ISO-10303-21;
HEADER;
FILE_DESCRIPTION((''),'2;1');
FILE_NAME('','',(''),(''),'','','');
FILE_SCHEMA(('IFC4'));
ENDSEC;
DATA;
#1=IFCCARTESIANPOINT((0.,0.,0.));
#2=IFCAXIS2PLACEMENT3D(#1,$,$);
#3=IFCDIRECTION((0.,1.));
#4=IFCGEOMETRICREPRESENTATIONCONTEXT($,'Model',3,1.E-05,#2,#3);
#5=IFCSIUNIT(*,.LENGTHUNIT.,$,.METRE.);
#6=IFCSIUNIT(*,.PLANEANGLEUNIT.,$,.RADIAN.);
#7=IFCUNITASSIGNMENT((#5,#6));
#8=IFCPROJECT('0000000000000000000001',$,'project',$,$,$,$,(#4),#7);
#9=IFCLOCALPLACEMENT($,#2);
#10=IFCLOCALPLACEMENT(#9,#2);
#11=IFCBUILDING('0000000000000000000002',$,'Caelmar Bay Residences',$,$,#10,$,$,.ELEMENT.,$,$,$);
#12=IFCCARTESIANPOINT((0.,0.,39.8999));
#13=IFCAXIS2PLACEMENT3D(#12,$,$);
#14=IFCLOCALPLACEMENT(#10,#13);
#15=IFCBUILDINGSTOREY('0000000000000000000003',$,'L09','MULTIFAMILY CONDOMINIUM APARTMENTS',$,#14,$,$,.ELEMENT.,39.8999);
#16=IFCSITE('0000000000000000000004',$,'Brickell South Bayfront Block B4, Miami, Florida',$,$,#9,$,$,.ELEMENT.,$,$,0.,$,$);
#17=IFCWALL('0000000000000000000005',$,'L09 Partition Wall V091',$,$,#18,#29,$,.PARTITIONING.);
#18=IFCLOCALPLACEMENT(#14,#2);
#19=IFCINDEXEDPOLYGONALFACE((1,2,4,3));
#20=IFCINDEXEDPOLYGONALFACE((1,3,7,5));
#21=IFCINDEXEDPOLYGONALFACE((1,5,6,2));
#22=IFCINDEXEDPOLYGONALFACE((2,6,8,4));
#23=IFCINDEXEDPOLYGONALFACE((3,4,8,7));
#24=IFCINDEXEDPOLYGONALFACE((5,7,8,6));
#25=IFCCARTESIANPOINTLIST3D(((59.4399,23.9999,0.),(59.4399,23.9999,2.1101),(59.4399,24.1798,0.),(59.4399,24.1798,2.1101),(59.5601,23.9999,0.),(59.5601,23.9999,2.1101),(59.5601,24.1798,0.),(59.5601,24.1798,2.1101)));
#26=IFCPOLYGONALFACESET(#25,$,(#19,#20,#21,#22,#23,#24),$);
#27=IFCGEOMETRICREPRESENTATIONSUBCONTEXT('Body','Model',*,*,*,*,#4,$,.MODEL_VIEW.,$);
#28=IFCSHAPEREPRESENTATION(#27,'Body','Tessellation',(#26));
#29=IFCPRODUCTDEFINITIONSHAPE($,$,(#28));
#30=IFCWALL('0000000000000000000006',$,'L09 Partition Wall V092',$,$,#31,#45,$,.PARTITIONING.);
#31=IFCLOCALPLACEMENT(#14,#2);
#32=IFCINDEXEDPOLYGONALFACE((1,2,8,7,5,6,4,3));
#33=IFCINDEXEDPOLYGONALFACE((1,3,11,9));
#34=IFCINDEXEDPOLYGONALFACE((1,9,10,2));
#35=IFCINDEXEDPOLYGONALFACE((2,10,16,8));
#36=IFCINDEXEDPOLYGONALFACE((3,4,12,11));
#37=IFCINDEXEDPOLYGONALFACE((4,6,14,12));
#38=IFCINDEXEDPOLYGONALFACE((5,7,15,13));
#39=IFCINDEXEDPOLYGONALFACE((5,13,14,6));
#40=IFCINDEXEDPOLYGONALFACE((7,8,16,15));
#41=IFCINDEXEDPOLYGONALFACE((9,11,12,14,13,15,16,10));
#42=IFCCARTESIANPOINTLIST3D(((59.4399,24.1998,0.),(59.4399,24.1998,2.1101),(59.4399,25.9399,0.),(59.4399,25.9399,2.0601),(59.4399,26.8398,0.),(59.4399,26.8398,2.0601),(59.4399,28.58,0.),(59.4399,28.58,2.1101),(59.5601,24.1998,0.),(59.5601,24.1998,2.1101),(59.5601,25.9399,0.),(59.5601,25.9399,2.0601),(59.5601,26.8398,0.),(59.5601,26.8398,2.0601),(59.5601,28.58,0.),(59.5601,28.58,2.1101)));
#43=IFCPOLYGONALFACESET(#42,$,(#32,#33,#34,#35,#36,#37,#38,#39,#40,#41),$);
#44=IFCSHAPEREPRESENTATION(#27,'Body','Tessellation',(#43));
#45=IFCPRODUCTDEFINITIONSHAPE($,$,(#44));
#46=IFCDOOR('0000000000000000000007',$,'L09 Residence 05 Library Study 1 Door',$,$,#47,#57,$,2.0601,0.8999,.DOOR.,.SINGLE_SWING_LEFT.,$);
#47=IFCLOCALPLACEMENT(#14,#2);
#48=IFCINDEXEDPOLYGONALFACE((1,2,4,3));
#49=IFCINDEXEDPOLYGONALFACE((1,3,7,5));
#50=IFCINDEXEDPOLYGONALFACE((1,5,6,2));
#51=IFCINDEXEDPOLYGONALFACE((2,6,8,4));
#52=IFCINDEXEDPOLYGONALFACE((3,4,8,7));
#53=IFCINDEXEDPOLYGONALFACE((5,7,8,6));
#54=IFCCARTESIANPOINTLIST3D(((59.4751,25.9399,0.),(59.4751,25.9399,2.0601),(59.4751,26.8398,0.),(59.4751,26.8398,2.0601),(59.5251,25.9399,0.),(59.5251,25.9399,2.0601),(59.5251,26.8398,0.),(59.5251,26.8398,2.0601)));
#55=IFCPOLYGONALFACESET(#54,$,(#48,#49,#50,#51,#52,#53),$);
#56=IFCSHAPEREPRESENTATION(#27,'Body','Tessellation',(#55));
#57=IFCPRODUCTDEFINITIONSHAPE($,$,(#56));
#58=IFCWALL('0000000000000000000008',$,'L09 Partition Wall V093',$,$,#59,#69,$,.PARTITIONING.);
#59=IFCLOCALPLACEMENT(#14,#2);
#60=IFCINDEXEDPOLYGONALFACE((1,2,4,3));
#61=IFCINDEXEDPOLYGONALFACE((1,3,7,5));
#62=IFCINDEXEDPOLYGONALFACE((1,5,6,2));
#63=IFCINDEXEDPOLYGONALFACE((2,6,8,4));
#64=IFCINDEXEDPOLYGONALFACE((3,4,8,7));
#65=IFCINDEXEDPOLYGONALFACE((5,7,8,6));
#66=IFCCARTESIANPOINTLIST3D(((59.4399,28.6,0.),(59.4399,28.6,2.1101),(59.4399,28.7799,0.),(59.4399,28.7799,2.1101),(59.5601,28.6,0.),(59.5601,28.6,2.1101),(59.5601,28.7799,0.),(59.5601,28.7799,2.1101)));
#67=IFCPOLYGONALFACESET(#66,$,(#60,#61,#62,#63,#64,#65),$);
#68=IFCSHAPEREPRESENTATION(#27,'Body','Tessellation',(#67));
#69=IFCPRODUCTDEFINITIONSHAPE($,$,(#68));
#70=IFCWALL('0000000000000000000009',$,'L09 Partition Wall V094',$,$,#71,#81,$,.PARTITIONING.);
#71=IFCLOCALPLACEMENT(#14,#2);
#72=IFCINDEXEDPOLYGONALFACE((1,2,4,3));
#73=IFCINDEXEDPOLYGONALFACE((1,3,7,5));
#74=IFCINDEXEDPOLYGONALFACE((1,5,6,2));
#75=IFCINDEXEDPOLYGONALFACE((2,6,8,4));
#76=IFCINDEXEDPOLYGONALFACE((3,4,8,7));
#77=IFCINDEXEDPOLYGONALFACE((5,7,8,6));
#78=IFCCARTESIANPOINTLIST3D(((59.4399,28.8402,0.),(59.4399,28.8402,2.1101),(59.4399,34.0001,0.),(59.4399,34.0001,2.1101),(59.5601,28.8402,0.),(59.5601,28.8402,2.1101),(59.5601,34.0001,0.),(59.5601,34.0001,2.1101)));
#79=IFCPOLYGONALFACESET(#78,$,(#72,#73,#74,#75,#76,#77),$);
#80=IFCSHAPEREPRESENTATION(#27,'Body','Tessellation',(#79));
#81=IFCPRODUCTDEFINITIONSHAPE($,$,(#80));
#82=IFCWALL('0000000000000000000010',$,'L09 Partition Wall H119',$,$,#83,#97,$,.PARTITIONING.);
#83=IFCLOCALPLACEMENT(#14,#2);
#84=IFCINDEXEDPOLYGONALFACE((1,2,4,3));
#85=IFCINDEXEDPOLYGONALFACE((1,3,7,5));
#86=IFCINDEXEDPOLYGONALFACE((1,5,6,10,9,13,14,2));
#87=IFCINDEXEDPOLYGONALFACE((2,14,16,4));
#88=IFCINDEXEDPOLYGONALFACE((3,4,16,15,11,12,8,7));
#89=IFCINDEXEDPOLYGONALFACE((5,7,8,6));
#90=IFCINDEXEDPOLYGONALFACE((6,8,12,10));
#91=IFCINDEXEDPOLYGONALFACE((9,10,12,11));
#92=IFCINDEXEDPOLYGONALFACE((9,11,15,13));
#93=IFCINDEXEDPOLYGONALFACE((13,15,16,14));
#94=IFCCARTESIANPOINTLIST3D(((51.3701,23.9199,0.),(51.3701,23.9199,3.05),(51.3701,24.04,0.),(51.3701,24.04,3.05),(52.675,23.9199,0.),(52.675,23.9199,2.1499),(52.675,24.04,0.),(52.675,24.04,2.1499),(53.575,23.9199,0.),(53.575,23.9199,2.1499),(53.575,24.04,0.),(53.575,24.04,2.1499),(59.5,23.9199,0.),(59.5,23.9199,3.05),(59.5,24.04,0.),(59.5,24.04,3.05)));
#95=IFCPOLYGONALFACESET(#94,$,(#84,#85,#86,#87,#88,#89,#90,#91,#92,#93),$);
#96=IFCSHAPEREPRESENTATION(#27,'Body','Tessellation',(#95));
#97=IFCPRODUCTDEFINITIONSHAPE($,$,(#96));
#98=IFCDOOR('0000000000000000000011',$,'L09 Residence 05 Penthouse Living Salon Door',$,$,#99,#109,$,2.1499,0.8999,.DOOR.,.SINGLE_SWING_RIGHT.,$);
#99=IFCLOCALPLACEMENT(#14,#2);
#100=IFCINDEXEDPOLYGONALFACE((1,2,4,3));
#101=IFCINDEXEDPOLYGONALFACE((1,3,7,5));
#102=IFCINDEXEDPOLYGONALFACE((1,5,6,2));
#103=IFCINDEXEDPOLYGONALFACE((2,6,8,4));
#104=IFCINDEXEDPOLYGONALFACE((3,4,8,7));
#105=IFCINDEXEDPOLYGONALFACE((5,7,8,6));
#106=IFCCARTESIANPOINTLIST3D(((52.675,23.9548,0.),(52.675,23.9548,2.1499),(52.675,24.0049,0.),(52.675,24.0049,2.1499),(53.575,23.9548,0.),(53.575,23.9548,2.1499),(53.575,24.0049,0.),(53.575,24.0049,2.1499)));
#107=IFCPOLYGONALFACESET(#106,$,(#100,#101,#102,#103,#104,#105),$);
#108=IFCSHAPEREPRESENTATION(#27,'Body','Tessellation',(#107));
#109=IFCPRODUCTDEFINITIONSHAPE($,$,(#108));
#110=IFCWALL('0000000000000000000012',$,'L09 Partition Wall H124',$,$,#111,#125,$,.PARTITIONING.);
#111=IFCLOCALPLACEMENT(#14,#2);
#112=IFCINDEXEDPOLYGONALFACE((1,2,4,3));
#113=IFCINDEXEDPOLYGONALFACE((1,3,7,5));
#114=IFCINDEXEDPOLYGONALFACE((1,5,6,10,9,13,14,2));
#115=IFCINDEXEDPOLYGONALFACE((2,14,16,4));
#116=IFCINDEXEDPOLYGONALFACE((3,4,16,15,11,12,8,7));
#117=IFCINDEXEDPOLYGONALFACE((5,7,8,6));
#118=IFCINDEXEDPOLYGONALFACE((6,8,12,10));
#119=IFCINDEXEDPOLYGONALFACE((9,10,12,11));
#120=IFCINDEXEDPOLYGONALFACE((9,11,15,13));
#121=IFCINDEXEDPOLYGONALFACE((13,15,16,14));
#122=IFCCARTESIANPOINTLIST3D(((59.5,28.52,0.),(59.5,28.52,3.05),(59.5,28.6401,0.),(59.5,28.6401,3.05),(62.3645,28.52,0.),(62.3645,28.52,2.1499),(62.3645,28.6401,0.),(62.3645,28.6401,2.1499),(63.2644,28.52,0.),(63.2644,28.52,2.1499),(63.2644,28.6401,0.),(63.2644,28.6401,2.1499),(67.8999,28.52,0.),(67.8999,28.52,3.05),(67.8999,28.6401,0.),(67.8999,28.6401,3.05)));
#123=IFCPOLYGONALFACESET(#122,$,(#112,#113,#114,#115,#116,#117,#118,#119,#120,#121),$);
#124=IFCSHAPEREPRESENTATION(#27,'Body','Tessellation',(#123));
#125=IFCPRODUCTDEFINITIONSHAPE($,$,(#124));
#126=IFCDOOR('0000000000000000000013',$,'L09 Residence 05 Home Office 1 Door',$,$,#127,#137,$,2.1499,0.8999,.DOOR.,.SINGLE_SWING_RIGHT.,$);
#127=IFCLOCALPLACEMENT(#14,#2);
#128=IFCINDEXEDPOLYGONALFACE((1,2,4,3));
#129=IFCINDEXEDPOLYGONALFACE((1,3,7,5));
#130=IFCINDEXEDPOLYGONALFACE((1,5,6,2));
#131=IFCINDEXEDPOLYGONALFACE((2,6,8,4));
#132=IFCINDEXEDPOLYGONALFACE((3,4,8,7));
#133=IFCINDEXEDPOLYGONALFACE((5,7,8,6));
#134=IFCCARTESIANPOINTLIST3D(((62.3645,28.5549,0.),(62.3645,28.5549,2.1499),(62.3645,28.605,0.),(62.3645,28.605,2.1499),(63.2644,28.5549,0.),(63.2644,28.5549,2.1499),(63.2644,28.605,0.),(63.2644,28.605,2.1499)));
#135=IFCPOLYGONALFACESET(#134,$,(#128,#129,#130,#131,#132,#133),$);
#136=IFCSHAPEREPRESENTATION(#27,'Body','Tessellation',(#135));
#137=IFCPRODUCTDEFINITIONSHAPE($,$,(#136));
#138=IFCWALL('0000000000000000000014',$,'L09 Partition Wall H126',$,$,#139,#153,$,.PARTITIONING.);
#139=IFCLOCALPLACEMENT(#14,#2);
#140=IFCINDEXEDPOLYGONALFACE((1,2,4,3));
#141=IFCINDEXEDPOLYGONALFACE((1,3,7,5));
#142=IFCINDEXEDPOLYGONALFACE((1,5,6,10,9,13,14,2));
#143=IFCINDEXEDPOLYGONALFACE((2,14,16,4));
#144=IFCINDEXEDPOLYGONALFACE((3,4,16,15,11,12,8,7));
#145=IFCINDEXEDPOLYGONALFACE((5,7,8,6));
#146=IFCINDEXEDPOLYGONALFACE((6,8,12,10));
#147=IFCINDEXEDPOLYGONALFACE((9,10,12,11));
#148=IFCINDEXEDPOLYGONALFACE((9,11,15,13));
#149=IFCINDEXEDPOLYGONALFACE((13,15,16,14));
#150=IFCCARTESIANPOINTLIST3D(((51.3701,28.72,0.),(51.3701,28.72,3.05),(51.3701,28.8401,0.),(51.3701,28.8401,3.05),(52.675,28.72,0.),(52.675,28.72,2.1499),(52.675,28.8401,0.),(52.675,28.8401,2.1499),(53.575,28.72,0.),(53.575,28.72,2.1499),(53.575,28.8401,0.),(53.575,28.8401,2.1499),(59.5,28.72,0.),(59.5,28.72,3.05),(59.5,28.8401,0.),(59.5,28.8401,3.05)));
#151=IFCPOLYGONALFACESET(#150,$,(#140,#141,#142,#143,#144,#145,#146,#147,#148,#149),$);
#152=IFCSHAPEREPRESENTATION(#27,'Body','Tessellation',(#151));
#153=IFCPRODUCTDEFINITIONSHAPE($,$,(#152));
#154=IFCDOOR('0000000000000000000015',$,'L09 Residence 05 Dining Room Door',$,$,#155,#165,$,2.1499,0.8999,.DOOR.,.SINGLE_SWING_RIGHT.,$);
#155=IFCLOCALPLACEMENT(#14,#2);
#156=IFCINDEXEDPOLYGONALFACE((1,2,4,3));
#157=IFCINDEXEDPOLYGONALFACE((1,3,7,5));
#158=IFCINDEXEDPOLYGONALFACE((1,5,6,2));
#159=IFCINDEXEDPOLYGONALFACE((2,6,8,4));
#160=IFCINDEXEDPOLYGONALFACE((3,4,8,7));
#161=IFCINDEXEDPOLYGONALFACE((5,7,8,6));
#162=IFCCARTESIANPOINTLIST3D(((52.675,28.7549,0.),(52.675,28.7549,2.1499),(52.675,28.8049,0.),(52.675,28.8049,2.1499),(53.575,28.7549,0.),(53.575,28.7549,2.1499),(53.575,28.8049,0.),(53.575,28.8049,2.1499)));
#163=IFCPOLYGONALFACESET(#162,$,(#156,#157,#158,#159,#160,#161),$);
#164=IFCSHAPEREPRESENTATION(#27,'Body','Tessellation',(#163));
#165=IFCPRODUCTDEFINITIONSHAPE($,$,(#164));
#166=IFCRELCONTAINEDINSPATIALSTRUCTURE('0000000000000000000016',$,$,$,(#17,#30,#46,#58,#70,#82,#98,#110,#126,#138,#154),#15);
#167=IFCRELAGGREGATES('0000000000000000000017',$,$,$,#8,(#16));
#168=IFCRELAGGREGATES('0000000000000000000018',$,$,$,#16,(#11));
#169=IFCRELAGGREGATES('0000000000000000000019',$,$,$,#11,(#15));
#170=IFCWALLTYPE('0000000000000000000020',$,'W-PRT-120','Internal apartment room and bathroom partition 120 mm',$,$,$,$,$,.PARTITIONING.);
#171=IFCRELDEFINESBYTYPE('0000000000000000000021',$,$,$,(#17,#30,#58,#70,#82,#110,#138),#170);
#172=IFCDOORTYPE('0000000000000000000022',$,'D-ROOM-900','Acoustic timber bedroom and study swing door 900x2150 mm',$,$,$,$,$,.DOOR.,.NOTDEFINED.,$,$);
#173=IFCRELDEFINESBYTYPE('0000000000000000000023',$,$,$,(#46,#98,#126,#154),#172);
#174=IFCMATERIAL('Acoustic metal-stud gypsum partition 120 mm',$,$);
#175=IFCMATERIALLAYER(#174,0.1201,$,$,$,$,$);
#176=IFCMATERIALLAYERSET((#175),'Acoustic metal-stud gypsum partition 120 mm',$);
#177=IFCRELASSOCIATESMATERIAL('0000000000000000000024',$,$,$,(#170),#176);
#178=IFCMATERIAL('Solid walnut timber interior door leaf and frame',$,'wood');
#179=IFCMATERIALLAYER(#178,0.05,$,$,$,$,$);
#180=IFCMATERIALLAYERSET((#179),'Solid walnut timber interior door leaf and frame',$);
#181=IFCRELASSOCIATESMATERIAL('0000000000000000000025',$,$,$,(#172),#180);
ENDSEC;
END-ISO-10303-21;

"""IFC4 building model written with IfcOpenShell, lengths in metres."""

from ifc_helpers import new_model, si_unit, direction, frame, frame_2d, origin, place, context, subcontext, project, spatial, rectangle, extrude, material, layer, layer_set, type_object, element, fill, save


model = new_model("IFC4")

# Units and contexts
model_context = context("Model", 3, precision=1e-05, world=origin(), true_north=direction((0.0, 1.0)))
body_context = subcontext(model_context, "Body", "Model", "MODEL_VIEW")
ifc_project = project(units=[si_unit("LENGTHUNIT", "METRE"), si_unit("PLANEANGLEUNIT", "RADIAN")], contexts=[model_context])

# Site, building, storey
site_placement = place(None, origin())
site = spatial("IfcSite", under=ifc_project, at=site_placement, Name="Brickell South Bayfront Block B4, Miami, Florida", CompositionType="ELEMENT", RefElevation=0.0)
building_placement = place(site_placement, origin())
building = spatial("IfcBuilding", under=site, at=building_placement, Name="Caelmar Bay Residences", CompositionType="ELEMENT")
storey_placement = place(building_placement, frame((0.0, 0.0, 39.8999)))
storey = spatial("IfcBuildingStorey", under=building, at=storey_placement, Name="L09", Description="MULTIFAMILY CONDOMINIUM APARTMENTS", CompositionType="ELEMENT", Elevation=39.8999)

# Shared definitions
ifc_material_1 = material(Name="Acoustic metal-stud gypsum partition 120 mm")
ifc_layer_1 = layer(ifc_material_1, 0.1201)
ifc_layer_set_1 = layer_set([ifc_layer_1], Name="Acoustic metal-stud gypsum partition 120 mm")
wall_type = type_object("IfcWallType", Name="W-PRT-120", Description="Internal apartment room and bathroom partition 120 mm", PredefinedType="PARTITIONING", material=ifc_layer_set_1)
ifc_material_2 = material(Name="Solid walnut timber interior door leaf and frame", Category="wood")
ifc_layer_2 = layer(ifc_material_2, 0.05)
ifc_layer_set_2 = layer_set([ifc_layer_2], Name="Solid walnut timber interior door leaf and frame")
door_type_1 = type_object("IfcDoorType", Name="D-ROOM-900", Description="Acoustic timber bedroom and study swing door 900x2150 mm", OperationType="NOTDEFINED", PredefinedType="DOOR", material=ifc_layer_set_2)

# Wall
wall_1_placement = place(storey_placement, frame((59.5, 24.0, 0.0), z_axis=(0.0, 0.0, 1.0), x_axis=(0.0, 1.0, 0.0)))
element("IfcWall", 1, at=wall_1_placement, inside=storey, type_object=wall_type, Name="L09 Partition Wall V091", PredefinedType="PARTITIONING", context=body_context, shape_type="SweptSolid", body=[
    extrude(rectangle(XDim=0.1799, YDim=0.1201, at=frame_2d((0.0898, 0.0))), origin(), (0.0, 0.0, 1.0), 2.1101),
])

# Wall, opening, door
wall_2_placement = place(storey_placement, frame((59.5, 24.2, 0.0), z_axis=(0.0, 0.0, 1.0), x_axis=(0.0, 1.0, 0.0)))
wall_2 = element("IfcWall", 2, at=wall_2_placement, inside=storey, type_object=wall_type, Name="L09 Partition Wall V092", PredefinedType="PARTITIONING", context=body_context, shape_type="SweptSolid", body=[
    extrude(rectangle(XDim=4.3801, YDim=0.1201, at=frame_2d((2.1899, 0.0))), origin(), (0.0, 0.0, 1.0), 2.1101),
])
opening_1_placement = place(wall_2_placement, frame((1.74, 0.0, 0.0)))
opening_1 = element("IfcOpeningElement", 3, at=opening_1_placement, cuts=wall_2, PredefinedType="OPENING", context=body_context, shape_type="SweptSolid", body=[
    extrude(rectangle(XDim=0.8999, YDim=2.0601, at=frame_2d((0.45, 1.03))), frame((0.0, 0.0701, 0.0), z_axis=(0.0, -1.0, 0.0), x_axis=(1.0, 0.0, 0.0)), (0.0, 0.0, 1.0), 0.1401),
])
door_1_placement = place(opening_1_placement, origin())
door_1 = element("IfcDoor", 4, at=door_1_placement, inside=storey, type_object=door_type_1, Name="L09 Residence 05 Library Study 1 Door", OperationType="SINGLE_SWING_LEFT", OverallHeight=2.0601, OverallWidth=0.8999, PredefinedType="DOOR", context=body_context, shape_type="SweptSolid", body=[
    extrude(rectangle(XDim=0.8999, YDim=2.0601, at=frame_2d((0.45, 1.03))), frame((0.0, 0.0249, 0.0), z_axis=(0.0, -1.0, 0.0), x_axis=(1.0, 0.0, 0.0)), (0.0, 0.0, 1.0), 0.05),
])
fill(opening_1, door_1)

# Walls
wall_3_placement = place(storey_placement, frame((59.5, 28.6001, 0.0), z_axis=(0.0, 0.0, 1.0), x_axis=(0.0, 1.0, 0.0)))
element("IfcWall", 5, at=wall_3_placement, inside=storey, type_object=wall_type, Name="L09 Partition Wall V093", PredefinedType="PARTITIONING", context=body_context, shape_type="SweptSolid", body=[
    extrude(rectangle(XDim=0.1799, YDim=0.1201, at=frame_2d((0.0898, 0.0))), origin(), (0.0, 0.0, 1.0), 2.1101),
])
wall_4_placement = place(storey_placement, frame((59.5, 28.8401, 0.0), z_axis=(0.0, 0.0, 1.0), x_axis=(0.0, 1.0, 0.0)))
element("IfcWall", 6, at=wall_4_placement, inside=storey, type_object=wall_type, Name="L09 Partition Wall V094", PredefinedType="PARTITIONING", context=body_context, shape_type="SweptSolid", body=[
    extrude(rectangle(XDim=5.1599, YDim=0.1201, at=frame_2d((2.5801, 0.0))), origin(), (0.0, 0.0, 1.0), 2.1101),
])

# Walls, openings, doors
wall_5_placement = place(storey_placement, frame((51.3701, 23.98, 0.0), z_axis=(0.0, 0.0, 1.0), x_axis=(1.0, 0.0, 0.0)))
wall_5 = element("IfcWall", 7, at=wall_5_placement, inside=storey, type_object=wall_type, Name="L09 Partition Wall H119", PredefinedType="PARTITIONING", context=body_context, shape_type="SweptSolid", body=[
    extrude(rectangle(XDim=8.1299, YDim=0.1201, at=frame_2d((4.0649, 0.0))), origin(), (0.0, 0.0, 1.0), 3.05),
])
opening_2_placement = place(wall_5_placement, frame((1.3049, 0.0, 0.0)))
opening_2 = element("IfcOpeningElement", 8, at=opening_2_placement, cuts=wall_5, PredefinedType="OPENING", context=body_context, shape_type="SweptSolid", body=[
    extrude(rectangle(XDim=0.8999, YDim=2.1499, at=frame_2d((0.45, 1.075))), frame((0.0, 0.0701, 0.0), z_axis=(0.0, -1.0, 0.0), x_axis=(1.0, 0.0, 0.0)), (0.0, 0.0, 1.0), 0.1401),
])
door_2_placement = place(opening_2_placement, origin())
door_2 = element("IfcDoor", 9, at=door_2_placement, inside=storey, type_object=door_type_1, Name="L09 Residence 05 Penthouse Living Salon Door", OperationType="SINGLE_SWING_RIGHT", OverallHeight=2.1499, OverallWidth=0.8999, PredefinedType="DOOR", context=body_context, shape_type="SweptSolid", body=[
    extrude(rectangle(XDim=0.8999, YDim=2.1499, at=frame_2d((0.45, 1.075))), frame((0.0, 0.0249, 0.0), z_axis=(0.0, -1.0, 0.0), x_axis=(1.0, 0.0, 0.0)), (0.0, 0.0, 1.0), 0.05),
])
fill(opening_2, door_2)
wall_6_placement = place(storey_placement, frame((59.5, 28.5801, 0.0), z_axis=(0.0, 0.0, 1.0), x_axis=(1.0, 0.0, 0.0)))
wall_6 = element("IfcWall", 10, at=wall_6_placement, inside=storey, type_object=wall_type, Name="L09 Partition Wall H124", PredefinedType="PARTITIONING", context=body_context, shape_type="SweptSolid", body=[
    extrude(rectangle(XDim=8.3999, YDim=0.1201, at=frame_2d((4.2, 0.0))), origin(), (0.0, 0.0, 1.0), 3.05),
])
opening_3_placement = place(wall_6_placement, frame((2.8645, 0.0, 0.0)))
opening_3 = element("IfcOpeningElement", 11, at=opening_3_placement, cuts=wall_6, PredefinedType="OPENING", context=body_context, shape_type="SweptSolid", body=[
    extrude(rectangle(XDim=0.8999, YDim=2.1499, at=frame_2d((0.45, 1.075))), frame((0.0, 0.0701, 0.0), z_axis=(0.0, -1.0, 0.0), x_axis=(1.0, 0.0, 0.0)), (0.0, 0.0, 1.0), 0.1401),
])
door_3_placement = place(opening_3_placement, origin())
door_3 = element("IfcDoor", 12, at=door_3_placement, inside=storey, type_object=door_type_1, Name="L09 Residence 05 Home Office 1 Door", OperationType="SINGLE_SWING_RIGHT", OverallHeight=2.1499, OverallWidth=0.8999, PredefinedType="DOOR", context=body_context, shape_type="SweptSolid", body=[
    extrude(rectangle(XDim=0.8999, YDim=2.1499, at=frame_2d((0.45, 1.075))), frame((0.0, 0.0249, 0.0), z_axis=(0.0, -1.0, 0.0), x_axis=(1.0, 0.0, 0.0)), (0.0, 0.0, 1.0), 0.05),
])
fill(opening_3, door_3)
wall_7_placement = place(storey_placement, frame((51.3701, 28.78, 0.0), z_axis=(0.0, 0.0, 1.0), x_axis=(1.0, 0.0, 0.0)))
wall_7 = element("IfcWall", 13, at=wall_7_placement, inside=storey, type_object=wall_type, Name="L09 Partition Wall H126", PredefinedType="PARTITIONING", context=body_context, shape_type="SweptSolid", body=[
    extrude(rectangle(XDim=8.1299, YDim=0.1201, at=frame_2d((4.0649, 0.0))), origin(), (0.0, 0.0, 1.0), 3.05),
])
opening_4_placement = place(wall_7_placement, frame((1.3049, 0.0, 0.0)))
opening_4 = element("IfcOpeningElement", 14, at=opening_4_placement, cuts=wall_7, PredefinedType="OPENING", context=body_context, shape_type="SweptSolid", body=[
    extrude(rectangle(XDim=0.8999, YDim=2.1499, at=frame_2d((0.45, 1.075))), frame((0.0, 0.0701, 0.0), z_axis=(0.0, -1.0, 0.0), x_axis=(1.0, 0.0, 0.0)), (0.0, 0.0, 1.0), 0.1401),
])
door_4_placement = place(opening_4_placement, origin())
door_4 = element("IfcDoor", 15, at=door_4_placement, inside=storey, type_object=door_type_1, Name="L09 Residence 05 Dining Room Door", OperationType="SINGLE_SWING_RIGHT", OverallHeight=2.1499, OverallWidth=0.8999, PredefinedType="DOOR", context=body_context, shape_type="SweptSolid", body=[
    extrude(rectangle(XDim=0.8999, YDim=2.1499, at=frame_2d((0.45, 1.075))), frame((0.0, 0.0249, 0.0), z_axis=(0.0, -1.0, 0.0), x_axis=(1.0, 0.0, 0.0)), (0.0, 0.0, 1.0), 0.05),
])
fill(opening_4, door_4)

save(model, "model.ifc")
